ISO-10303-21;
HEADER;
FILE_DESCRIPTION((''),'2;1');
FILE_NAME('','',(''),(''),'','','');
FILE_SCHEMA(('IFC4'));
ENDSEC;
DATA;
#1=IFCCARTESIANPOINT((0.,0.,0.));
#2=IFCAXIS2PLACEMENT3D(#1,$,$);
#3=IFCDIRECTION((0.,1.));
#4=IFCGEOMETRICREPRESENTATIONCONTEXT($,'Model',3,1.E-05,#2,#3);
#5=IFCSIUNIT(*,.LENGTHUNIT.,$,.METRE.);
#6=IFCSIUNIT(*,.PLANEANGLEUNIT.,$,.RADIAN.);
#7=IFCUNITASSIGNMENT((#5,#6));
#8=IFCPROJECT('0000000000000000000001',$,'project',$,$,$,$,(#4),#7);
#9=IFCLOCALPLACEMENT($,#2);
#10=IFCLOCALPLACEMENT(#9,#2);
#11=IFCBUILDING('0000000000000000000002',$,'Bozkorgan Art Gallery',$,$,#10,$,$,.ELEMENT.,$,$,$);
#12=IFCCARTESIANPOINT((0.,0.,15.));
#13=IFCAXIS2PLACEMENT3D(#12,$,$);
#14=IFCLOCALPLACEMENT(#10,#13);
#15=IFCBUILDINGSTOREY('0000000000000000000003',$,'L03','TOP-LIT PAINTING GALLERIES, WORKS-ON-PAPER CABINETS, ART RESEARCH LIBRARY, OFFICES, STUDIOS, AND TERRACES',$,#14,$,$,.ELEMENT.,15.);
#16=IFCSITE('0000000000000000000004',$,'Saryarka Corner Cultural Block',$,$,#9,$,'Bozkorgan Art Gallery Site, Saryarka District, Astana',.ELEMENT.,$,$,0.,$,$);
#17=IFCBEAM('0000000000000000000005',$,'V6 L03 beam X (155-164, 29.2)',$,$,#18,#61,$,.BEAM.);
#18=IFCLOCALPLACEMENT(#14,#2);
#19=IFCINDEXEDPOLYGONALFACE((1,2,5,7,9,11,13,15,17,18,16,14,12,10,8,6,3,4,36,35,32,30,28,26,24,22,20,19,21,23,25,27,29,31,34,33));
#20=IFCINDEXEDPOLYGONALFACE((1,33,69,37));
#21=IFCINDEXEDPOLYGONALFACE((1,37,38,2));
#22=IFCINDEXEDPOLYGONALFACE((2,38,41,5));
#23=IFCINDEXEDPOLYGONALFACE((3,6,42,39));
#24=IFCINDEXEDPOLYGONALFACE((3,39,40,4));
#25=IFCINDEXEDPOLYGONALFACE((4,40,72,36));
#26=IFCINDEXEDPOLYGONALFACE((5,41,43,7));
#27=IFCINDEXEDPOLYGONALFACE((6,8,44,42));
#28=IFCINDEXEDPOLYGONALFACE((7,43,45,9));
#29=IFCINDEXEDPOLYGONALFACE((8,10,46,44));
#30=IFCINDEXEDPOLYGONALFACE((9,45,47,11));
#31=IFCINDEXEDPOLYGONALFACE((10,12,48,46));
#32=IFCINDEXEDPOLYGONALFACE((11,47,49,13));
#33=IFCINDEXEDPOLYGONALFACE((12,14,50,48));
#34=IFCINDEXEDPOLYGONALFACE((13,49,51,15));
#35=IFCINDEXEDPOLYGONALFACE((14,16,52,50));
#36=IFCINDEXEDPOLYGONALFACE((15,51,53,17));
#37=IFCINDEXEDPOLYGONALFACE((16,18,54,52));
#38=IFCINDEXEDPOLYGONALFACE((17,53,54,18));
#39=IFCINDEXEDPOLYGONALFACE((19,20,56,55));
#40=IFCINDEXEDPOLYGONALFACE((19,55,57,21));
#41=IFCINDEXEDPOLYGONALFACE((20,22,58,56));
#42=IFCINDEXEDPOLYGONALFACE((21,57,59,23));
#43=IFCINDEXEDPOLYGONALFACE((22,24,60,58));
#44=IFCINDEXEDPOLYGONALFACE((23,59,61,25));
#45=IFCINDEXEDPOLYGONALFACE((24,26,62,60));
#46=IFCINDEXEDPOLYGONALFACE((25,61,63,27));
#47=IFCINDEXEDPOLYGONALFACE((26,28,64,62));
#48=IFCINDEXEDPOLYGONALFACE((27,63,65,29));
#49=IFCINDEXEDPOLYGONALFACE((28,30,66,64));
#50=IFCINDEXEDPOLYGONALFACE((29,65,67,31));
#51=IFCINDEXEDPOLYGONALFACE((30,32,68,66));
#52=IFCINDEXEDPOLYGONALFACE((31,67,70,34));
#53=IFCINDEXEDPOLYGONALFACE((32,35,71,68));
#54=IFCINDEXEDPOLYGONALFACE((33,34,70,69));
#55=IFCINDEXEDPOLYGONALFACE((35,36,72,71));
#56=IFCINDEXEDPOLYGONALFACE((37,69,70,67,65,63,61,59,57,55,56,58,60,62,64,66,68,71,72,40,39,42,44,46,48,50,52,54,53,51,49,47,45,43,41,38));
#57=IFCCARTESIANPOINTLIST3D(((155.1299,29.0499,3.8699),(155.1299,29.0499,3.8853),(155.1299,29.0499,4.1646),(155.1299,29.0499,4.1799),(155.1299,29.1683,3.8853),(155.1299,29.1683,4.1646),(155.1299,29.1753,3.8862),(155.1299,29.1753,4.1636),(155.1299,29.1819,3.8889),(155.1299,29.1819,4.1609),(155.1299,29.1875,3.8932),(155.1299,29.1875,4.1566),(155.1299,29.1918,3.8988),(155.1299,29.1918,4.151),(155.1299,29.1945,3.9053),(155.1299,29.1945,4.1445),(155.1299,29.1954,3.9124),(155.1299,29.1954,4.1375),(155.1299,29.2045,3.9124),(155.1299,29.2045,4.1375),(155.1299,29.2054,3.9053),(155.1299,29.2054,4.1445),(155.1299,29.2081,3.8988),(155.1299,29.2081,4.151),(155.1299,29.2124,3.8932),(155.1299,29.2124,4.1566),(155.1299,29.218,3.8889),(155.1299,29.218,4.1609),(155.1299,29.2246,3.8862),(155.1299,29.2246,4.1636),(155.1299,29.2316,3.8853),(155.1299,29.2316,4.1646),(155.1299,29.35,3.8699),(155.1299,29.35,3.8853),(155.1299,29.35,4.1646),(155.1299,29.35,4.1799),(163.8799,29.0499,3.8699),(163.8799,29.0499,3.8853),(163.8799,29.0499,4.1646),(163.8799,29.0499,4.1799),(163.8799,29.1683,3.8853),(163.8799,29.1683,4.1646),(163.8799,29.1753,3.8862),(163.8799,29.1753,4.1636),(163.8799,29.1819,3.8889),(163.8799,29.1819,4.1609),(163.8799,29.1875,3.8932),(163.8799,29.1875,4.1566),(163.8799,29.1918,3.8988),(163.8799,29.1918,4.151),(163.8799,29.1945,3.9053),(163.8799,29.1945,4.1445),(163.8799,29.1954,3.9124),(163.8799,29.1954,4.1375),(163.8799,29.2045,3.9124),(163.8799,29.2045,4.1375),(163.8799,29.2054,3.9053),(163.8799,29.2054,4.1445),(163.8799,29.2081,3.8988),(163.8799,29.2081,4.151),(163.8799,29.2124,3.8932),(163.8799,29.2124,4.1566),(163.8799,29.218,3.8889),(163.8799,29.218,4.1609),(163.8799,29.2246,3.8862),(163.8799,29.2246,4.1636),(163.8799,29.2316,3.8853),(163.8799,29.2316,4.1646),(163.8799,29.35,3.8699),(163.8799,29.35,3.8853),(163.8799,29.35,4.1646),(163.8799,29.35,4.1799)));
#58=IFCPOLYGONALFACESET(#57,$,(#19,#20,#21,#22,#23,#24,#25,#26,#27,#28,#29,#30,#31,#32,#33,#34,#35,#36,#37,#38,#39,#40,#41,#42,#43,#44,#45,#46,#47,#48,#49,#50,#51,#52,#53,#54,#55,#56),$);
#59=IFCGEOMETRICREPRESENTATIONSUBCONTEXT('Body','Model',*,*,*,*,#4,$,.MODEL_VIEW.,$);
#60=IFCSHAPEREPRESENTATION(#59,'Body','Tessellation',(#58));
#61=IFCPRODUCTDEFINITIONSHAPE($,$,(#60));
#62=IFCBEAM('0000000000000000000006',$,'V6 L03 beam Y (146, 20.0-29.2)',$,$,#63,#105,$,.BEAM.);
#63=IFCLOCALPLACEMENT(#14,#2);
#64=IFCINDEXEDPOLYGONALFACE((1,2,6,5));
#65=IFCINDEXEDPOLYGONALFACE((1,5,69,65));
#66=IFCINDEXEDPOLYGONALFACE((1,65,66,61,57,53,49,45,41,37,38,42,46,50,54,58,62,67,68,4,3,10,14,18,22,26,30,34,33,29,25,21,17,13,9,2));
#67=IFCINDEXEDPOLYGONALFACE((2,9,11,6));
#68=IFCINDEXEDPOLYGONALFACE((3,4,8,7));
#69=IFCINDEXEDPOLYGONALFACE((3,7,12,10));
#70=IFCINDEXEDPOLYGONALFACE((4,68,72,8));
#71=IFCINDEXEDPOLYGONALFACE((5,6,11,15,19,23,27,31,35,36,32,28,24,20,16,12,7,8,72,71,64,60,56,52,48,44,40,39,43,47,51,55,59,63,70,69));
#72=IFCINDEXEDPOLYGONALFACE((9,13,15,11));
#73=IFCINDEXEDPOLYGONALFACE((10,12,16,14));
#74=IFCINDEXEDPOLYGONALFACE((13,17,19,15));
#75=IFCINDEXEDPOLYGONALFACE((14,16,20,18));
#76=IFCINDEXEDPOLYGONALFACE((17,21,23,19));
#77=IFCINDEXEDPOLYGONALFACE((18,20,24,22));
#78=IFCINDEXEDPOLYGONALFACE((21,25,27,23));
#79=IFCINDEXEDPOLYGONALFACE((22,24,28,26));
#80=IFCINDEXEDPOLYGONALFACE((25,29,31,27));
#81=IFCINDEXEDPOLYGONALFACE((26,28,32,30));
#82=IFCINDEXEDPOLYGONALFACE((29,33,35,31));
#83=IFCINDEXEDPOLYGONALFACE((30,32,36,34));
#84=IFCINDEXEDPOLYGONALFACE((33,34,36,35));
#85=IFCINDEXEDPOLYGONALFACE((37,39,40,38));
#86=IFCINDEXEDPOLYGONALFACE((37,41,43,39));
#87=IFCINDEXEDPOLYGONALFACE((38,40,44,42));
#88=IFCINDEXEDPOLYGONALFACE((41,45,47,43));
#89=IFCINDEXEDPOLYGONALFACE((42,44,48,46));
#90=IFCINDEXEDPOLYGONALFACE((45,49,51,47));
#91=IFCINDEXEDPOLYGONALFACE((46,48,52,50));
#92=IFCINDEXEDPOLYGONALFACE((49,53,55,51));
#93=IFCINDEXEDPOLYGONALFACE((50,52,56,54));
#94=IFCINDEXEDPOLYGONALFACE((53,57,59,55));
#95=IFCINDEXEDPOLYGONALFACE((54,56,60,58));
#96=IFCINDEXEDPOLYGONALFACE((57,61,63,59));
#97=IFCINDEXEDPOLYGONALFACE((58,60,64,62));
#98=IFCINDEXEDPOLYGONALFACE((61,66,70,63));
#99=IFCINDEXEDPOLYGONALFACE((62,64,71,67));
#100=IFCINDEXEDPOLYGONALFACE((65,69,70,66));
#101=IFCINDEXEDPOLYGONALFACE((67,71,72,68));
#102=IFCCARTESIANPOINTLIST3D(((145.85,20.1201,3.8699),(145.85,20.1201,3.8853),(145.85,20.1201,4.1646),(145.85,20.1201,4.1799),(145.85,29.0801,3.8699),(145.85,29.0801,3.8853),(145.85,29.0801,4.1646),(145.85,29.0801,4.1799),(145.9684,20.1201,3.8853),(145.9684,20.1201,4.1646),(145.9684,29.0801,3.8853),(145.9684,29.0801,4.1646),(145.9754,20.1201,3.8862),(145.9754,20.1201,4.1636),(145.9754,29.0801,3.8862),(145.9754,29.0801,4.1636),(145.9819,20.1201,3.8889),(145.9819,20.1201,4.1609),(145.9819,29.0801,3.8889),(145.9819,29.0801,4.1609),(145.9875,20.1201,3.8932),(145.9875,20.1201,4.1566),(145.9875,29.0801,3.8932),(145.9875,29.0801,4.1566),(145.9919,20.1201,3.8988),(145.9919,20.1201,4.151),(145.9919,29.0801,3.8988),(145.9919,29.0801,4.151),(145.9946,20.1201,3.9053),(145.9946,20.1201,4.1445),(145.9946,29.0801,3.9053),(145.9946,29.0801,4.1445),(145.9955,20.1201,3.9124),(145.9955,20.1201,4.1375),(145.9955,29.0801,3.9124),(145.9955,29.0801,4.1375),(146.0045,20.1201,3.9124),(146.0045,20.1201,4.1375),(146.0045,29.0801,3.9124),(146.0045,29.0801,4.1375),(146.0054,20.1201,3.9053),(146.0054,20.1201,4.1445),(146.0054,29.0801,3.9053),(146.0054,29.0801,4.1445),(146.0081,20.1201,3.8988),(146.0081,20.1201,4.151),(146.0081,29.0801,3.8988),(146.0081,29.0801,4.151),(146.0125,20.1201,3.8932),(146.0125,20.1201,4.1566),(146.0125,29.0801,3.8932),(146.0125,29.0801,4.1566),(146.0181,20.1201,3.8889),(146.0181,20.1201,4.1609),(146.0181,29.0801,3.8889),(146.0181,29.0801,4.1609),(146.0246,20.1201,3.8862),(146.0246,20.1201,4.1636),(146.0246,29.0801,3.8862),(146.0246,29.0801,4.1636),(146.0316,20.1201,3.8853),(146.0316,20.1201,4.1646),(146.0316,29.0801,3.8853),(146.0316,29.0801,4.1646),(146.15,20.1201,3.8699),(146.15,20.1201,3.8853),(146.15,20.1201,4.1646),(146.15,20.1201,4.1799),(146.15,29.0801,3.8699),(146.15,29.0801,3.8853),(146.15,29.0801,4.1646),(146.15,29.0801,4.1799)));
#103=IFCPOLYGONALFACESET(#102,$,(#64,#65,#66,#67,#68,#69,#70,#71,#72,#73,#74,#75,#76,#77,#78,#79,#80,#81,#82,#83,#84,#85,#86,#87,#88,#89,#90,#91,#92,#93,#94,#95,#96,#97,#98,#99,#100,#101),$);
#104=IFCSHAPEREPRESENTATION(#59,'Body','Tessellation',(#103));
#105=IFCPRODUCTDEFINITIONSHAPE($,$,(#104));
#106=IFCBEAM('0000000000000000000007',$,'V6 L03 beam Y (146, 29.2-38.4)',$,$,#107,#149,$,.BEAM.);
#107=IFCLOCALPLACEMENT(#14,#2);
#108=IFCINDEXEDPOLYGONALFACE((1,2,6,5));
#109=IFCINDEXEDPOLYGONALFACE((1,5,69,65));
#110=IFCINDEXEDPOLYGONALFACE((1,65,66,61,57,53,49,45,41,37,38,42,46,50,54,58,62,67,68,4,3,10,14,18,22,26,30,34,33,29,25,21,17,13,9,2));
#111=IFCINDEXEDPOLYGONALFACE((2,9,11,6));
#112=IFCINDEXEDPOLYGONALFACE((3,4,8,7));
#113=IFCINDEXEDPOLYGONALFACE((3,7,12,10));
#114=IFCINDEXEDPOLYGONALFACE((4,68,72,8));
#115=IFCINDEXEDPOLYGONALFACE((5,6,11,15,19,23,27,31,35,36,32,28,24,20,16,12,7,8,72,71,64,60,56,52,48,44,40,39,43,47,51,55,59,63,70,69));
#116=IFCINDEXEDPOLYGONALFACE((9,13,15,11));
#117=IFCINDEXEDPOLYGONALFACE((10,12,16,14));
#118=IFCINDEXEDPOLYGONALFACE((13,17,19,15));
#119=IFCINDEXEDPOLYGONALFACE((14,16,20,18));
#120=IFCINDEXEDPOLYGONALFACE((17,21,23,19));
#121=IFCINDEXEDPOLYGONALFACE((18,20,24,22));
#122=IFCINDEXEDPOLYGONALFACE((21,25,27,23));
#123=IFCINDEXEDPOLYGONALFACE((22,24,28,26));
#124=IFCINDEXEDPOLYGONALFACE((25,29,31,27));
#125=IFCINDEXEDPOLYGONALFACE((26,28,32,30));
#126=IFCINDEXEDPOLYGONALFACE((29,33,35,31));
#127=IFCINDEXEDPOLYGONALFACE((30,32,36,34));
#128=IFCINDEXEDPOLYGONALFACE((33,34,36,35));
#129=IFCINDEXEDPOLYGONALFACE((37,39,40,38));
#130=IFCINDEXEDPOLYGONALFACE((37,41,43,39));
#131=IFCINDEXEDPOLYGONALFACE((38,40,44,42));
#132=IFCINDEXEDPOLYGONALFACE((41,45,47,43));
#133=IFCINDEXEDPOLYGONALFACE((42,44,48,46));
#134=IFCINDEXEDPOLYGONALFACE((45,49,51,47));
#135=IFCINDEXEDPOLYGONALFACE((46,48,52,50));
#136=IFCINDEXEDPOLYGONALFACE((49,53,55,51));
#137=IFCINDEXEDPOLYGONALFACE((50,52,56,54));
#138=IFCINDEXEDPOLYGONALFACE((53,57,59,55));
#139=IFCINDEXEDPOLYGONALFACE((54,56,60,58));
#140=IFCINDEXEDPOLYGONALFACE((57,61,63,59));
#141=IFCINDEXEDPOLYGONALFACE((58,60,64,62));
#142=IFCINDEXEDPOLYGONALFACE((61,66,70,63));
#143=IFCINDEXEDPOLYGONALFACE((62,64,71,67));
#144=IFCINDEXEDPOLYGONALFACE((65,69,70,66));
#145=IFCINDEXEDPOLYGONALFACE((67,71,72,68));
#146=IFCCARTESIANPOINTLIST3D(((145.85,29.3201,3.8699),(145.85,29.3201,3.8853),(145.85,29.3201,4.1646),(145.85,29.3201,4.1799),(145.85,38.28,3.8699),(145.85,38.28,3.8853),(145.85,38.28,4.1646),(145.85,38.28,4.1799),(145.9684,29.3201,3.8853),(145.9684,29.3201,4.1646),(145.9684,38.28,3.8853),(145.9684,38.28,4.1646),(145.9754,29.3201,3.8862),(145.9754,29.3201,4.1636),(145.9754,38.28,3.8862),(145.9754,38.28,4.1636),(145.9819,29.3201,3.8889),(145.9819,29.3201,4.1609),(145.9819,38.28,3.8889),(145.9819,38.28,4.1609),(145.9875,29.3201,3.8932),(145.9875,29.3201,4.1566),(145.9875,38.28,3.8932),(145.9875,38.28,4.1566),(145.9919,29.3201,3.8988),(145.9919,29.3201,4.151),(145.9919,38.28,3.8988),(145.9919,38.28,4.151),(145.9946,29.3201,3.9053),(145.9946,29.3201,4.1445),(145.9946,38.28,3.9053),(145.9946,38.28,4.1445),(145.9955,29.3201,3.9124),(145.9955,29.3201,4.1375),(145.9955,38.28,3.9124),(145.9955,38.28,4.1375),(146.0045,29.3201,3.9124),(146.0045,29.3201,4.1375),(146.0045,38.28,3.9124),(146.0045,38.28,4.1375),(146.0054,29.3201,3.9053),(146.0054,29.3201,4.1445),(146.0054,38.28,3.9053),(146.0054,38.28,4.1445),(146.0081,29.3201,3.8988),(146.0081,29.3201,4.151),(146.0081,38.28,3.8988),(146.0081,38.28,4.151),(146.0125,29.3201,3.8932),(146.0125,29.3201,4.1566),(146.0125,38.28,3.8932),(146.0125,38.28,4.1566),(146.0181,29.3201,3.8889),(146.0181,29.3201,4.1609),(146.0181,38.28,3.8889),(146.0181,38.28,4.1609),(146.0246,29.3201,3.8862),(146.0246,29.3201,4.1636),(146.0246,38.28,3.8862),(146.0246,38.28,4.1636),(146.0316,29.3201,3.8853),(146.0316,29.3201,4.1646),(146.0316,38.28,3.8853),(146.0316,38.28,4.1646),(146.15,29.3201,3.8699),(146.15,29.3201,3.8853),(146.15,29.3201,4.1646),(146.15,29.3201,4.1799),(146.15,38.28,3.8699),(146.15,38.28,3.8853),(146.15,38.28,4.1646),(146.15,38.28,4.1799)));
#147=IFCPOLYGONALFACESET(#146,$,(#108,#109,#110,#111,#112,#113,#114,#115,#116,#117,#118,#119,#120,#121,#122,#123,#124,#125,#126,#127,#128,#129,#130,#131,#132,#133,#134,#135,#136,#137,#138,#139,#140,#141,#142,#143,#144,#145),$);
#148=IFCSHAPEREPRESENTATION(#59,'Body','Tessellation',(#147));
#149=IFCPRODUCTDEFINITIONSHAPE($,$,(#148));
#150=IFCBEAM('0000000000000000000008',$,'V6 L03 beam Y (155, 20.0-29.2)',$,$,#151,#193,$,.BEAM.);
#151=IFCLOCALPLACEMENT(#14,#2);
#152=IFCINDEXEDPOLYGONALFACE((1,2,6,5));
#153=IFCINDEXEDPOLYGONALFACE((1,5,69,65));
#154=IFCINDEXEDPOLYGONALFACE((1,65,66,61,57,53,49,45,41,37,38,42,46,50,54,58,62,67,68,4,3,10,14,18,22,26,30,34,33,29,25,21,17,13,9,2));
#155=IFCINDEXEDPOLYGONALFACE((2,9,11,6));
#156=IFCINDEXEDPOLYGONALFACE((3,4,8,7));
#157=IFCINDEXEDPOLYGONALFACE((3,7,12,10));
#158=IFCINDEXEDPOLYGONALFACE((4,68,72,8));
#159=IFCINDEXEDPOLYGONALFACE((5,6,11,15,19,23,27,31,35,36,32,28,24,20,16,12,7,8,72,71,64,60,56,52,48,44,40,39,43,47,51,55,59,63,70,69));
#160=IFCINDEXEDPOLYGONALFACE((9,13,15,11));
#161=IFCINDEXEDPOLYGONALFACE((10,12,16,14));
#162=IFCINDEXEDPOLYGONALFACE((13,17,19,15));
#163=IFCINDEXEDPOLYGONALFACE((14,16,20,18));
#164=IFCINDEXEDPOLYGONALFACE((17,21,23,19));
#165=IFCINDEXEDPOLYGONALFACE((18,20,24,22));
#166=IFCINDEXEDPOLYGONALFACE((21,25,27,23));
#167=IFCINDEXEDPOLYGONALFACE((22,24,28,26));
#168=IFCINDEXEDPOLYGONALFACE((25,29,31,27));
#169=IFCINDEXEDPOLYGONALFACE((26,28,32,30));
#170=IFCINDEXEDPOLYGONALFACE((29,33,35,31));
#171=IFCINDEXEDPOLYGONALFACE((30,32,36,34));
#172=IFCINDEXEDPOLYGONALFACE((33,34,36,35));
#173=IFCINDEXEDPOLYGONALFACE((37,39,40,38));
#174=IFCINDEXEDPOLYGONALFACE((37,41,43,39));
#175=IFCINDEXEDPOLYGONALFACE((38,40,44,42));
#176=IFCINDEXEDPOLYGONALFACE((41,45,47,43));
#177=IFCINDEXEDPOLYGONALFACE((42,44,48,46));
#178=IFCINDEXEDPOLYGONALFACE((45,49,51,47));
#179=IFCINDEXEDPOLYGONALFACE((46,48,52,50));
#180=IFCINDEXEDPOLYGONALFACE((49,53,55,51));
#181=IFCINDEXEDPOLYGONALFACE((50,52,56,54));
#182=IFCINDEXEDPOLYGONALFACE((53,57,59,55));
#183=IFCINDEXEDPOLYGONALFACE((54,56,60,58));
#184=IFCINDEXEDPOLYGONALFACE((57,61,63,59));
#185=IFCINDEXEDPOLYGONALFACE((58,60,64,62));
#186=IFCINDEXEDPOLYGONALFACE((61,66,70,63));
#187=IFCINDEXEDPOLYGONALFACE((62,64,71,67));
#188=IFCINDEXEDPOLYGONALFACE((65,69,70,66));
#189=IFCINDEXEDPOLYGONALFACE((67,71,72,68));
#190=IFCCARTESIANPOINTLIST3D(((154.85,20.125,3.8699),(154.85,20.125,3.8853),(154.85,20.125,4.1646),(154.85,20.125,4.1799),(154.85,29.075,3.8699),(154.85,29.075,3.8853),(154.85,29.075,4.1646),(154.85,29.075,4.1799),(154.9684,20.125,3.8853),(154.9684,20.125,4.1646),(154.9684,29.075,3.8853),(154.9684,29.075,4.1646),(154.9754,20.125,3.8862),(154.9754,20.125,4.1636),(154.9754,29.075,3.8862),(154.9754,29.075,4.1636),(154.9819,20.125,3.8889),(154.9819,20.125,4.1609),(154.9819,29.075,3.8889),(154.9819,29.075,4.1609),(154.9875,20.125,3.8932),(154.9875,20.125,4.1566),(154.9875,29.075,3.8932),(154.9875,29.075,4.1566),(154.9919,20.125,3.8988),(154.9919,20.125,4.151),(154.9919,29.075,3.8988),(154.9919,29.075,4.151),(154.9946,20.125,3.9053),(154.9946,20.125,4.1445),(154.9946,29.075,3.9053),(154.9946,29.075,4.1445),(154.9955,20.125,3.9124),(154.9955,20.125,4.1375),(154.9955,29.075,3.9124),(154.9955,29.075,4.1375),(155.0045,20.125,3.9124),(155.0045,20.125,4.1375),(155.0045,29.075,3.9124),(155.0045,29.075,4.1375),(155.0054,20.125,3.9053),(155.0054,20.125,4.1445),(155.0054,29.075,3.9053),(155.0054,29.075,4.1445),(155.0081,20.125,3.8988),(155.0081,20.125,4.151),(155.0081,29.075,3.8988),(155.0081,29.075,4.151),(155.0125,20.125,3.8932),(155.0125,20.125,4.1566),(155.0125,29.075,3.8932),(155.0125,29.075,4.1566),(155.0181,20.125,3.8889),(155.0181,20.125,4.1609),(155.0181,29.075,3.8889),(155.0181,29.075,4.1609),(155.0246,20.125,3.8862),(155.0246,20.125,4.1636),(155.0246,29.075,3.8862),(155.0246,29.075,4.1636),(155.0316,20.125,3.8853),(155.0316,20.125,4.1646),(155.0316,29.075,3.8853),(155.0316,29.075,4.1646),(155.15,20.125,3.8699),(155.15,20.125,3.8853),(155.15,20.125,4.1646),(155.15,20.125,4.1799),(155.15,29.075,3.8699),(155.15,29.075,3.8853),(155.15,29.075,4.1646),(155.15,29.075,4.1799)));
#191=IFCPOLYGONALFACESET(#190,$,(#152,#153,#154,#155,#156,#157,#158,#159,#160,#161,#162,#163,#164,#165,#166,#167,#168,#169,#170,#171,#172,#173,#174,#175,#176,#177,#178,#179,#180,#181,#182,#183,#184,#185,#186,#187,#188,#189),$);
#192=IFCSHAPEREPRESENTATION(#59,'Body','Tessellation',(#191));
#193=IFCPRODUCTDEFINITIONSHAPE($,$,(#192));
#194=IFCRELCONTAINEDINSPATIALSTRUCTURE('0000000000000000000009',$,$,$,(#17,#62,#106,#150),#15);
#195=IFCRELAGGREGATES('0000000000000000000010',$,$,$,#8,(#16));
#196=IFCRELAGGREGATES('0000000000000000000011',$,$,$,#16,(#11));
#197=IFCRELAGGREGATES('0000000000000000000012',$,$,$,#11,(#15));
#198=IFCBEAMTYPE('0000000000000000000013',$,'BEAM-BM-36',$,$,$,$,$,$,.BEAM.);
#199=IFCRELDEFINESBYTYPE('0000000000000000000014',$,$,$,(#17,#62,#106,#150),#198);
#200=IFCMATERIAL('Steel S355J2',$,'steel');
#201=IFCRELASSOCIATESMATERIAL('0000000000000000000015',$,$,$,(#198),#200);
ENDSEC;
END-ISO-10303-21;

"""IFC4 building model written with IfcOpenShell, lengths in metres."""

from ifc_helpers import new_model, si_unit, direction, frame, origin, origin_2d, place, context, subcontext, project, spatial, i_section, extrude, material, material_profile, profile_set, type_object, element, save


model = new_model("IFC4")

# Units and contexts
model_context = context("Model", 3, precision=1e-05, world=origin(), true_north=direction((0.0, 1.0)))
body_context = subcontext(model_context, "Body", "Model", "MODEL_VIEW")
ifc_project = project(units=[si_unit("LENGTHUNIT", "METRE"), si_unit("PLANEANGLEUNIT", "RADIAN")], contexts=[model_context])

# Site, building, storey
site_placement = place(None, origin())
site = spatial("IfcSite", under=ifc_project, at=site_placement, Name="Saryarka Corner Cultural Block", LongName="Bozkorgan Art Gallery Site, Saryarka District, Astana", CompositionType="ELEMENT", RefElevation=0.0)
building_placement = place(site_placement, origin())
building = spatial("IfcBuilding", under=site, at=building_placement, Name="Bozkorgan Art Gallery", CompositionType="ELEMENT")
storey_placement = place(building_placement, frame((0.0, 0.0, 15.0)))
storey = spatial("IfcBuildingStorey", under=building, at=storey_placement, Name="L03", Description="TOP-LIT PAINTING GALLERIES, WORKS-ON-PAPER CABINETS, ART RESEARCH LIBRARY, OFFICES, STUDIOS, AND TERRACES", CompositionType="ELEMENT", Elevation=15.0)

# Shared definitions
ifc_material_1 = material(Name="Steel S355J2", Category="steel")

# Beams
ifc_material_profile_1 = material_profile(ifc_material_1, i_section(OverallWidth=0.3, OverallDepth=0.3101, WebThickness=0.009, FlangeThickness=0.0154, FilletRadius=0.0271, at=origin_2d()), Name="HEA 320")
ifc_profile_set_1 = profile_set([ifc_material_profile_1], Name="Steel S355J2")
beam_type = type_object("IfcBeamType", Name="BEAM-BM-36", PredefinedType="BEAM", material=ifc_profile_set_1)
for number, where, z_axis, x_axis, name in (
    (1, (155.1299, 29.2, 4.0249), (1.0, 0.0, 0.0), (0.0, 1.0, 0.0), "V6 L03 beam X (155-164, 29.2)"),
):
    element("IfcBeam", number, at=place(storey_placement, frame(where, z_axis=z_axis, x_axis=x_axis)), inside=storey, type_object=beam_type, Name=name, PredefinedType="BEAM", context=body_context, shape_type="SweptSolid", body=[
        extrude(i_section(OverallWidth=0.3, OverallDepth=0.3101, WebThickness=0.009, FlangeThickness=0.0154, FilletRadius=0.0271, at=origin_2d()), origin(), (0.0, 0.0, 1.0), 8.75),
    ])
for number, where, z_axis, x_axis, name in (
    (2, (146.0, 20.1201, 4.0249), (0.0, 1.0, 0.0), (-1.0, 0.0, 0.0), "V6 L03 beam Y (146, 20.0-29.2)"),
    (3, (146.0, 29.3201, 4.0249), (0.0, 1.0, 0.0), (-1.0, 0.0, 0.0), "V6 L03 beam Y (146, 29.2-38.4)"),
):
    element("IfcBeam", number, at=place(storey_placement, frame(where, z_axis=z_axis, x_axis=x_axis)), inside=storey, type_object=beam_type, Name=name, PredefinedType="BEAM", context=body_context, shape_type="SweptSolid", body=[
        extrude(i_section(OverallWidth=0.3, OverallDepth=0.3101, WebThickness=0.009, FlangeThickness=0.0154, FilletRadius=0.0271, at=origin_2d()), origin(), (0.0, 0.0, 1.0), 8.96),
    ])
beam_placement = place(storey_placement, frame((155.0, 20.125, 4.0249), z_axis=(0.0, 1.0, 0.0), x_axis=(-1.0, 0.0, 0.0)))
element("IfcBeam", 4, at=beam_placement, inside=storey, type_object=beam_type, Name="V6 L03 beam Y (155, 20.0-29.2)", PredefinedType="BEAM", context=body_context, shape_type="SweptSolid", body=[
    extrude(i_section(OverallWidth=0.3, OverallDepth=0.3101, WebThickness=0.009, FlangeThickness=0.0154, FilletRadius=0.0271, at=origin_2d()), origin(), (0.0, 0.0, 1.0), 8.95),
])

save(model, "model.ifc")
